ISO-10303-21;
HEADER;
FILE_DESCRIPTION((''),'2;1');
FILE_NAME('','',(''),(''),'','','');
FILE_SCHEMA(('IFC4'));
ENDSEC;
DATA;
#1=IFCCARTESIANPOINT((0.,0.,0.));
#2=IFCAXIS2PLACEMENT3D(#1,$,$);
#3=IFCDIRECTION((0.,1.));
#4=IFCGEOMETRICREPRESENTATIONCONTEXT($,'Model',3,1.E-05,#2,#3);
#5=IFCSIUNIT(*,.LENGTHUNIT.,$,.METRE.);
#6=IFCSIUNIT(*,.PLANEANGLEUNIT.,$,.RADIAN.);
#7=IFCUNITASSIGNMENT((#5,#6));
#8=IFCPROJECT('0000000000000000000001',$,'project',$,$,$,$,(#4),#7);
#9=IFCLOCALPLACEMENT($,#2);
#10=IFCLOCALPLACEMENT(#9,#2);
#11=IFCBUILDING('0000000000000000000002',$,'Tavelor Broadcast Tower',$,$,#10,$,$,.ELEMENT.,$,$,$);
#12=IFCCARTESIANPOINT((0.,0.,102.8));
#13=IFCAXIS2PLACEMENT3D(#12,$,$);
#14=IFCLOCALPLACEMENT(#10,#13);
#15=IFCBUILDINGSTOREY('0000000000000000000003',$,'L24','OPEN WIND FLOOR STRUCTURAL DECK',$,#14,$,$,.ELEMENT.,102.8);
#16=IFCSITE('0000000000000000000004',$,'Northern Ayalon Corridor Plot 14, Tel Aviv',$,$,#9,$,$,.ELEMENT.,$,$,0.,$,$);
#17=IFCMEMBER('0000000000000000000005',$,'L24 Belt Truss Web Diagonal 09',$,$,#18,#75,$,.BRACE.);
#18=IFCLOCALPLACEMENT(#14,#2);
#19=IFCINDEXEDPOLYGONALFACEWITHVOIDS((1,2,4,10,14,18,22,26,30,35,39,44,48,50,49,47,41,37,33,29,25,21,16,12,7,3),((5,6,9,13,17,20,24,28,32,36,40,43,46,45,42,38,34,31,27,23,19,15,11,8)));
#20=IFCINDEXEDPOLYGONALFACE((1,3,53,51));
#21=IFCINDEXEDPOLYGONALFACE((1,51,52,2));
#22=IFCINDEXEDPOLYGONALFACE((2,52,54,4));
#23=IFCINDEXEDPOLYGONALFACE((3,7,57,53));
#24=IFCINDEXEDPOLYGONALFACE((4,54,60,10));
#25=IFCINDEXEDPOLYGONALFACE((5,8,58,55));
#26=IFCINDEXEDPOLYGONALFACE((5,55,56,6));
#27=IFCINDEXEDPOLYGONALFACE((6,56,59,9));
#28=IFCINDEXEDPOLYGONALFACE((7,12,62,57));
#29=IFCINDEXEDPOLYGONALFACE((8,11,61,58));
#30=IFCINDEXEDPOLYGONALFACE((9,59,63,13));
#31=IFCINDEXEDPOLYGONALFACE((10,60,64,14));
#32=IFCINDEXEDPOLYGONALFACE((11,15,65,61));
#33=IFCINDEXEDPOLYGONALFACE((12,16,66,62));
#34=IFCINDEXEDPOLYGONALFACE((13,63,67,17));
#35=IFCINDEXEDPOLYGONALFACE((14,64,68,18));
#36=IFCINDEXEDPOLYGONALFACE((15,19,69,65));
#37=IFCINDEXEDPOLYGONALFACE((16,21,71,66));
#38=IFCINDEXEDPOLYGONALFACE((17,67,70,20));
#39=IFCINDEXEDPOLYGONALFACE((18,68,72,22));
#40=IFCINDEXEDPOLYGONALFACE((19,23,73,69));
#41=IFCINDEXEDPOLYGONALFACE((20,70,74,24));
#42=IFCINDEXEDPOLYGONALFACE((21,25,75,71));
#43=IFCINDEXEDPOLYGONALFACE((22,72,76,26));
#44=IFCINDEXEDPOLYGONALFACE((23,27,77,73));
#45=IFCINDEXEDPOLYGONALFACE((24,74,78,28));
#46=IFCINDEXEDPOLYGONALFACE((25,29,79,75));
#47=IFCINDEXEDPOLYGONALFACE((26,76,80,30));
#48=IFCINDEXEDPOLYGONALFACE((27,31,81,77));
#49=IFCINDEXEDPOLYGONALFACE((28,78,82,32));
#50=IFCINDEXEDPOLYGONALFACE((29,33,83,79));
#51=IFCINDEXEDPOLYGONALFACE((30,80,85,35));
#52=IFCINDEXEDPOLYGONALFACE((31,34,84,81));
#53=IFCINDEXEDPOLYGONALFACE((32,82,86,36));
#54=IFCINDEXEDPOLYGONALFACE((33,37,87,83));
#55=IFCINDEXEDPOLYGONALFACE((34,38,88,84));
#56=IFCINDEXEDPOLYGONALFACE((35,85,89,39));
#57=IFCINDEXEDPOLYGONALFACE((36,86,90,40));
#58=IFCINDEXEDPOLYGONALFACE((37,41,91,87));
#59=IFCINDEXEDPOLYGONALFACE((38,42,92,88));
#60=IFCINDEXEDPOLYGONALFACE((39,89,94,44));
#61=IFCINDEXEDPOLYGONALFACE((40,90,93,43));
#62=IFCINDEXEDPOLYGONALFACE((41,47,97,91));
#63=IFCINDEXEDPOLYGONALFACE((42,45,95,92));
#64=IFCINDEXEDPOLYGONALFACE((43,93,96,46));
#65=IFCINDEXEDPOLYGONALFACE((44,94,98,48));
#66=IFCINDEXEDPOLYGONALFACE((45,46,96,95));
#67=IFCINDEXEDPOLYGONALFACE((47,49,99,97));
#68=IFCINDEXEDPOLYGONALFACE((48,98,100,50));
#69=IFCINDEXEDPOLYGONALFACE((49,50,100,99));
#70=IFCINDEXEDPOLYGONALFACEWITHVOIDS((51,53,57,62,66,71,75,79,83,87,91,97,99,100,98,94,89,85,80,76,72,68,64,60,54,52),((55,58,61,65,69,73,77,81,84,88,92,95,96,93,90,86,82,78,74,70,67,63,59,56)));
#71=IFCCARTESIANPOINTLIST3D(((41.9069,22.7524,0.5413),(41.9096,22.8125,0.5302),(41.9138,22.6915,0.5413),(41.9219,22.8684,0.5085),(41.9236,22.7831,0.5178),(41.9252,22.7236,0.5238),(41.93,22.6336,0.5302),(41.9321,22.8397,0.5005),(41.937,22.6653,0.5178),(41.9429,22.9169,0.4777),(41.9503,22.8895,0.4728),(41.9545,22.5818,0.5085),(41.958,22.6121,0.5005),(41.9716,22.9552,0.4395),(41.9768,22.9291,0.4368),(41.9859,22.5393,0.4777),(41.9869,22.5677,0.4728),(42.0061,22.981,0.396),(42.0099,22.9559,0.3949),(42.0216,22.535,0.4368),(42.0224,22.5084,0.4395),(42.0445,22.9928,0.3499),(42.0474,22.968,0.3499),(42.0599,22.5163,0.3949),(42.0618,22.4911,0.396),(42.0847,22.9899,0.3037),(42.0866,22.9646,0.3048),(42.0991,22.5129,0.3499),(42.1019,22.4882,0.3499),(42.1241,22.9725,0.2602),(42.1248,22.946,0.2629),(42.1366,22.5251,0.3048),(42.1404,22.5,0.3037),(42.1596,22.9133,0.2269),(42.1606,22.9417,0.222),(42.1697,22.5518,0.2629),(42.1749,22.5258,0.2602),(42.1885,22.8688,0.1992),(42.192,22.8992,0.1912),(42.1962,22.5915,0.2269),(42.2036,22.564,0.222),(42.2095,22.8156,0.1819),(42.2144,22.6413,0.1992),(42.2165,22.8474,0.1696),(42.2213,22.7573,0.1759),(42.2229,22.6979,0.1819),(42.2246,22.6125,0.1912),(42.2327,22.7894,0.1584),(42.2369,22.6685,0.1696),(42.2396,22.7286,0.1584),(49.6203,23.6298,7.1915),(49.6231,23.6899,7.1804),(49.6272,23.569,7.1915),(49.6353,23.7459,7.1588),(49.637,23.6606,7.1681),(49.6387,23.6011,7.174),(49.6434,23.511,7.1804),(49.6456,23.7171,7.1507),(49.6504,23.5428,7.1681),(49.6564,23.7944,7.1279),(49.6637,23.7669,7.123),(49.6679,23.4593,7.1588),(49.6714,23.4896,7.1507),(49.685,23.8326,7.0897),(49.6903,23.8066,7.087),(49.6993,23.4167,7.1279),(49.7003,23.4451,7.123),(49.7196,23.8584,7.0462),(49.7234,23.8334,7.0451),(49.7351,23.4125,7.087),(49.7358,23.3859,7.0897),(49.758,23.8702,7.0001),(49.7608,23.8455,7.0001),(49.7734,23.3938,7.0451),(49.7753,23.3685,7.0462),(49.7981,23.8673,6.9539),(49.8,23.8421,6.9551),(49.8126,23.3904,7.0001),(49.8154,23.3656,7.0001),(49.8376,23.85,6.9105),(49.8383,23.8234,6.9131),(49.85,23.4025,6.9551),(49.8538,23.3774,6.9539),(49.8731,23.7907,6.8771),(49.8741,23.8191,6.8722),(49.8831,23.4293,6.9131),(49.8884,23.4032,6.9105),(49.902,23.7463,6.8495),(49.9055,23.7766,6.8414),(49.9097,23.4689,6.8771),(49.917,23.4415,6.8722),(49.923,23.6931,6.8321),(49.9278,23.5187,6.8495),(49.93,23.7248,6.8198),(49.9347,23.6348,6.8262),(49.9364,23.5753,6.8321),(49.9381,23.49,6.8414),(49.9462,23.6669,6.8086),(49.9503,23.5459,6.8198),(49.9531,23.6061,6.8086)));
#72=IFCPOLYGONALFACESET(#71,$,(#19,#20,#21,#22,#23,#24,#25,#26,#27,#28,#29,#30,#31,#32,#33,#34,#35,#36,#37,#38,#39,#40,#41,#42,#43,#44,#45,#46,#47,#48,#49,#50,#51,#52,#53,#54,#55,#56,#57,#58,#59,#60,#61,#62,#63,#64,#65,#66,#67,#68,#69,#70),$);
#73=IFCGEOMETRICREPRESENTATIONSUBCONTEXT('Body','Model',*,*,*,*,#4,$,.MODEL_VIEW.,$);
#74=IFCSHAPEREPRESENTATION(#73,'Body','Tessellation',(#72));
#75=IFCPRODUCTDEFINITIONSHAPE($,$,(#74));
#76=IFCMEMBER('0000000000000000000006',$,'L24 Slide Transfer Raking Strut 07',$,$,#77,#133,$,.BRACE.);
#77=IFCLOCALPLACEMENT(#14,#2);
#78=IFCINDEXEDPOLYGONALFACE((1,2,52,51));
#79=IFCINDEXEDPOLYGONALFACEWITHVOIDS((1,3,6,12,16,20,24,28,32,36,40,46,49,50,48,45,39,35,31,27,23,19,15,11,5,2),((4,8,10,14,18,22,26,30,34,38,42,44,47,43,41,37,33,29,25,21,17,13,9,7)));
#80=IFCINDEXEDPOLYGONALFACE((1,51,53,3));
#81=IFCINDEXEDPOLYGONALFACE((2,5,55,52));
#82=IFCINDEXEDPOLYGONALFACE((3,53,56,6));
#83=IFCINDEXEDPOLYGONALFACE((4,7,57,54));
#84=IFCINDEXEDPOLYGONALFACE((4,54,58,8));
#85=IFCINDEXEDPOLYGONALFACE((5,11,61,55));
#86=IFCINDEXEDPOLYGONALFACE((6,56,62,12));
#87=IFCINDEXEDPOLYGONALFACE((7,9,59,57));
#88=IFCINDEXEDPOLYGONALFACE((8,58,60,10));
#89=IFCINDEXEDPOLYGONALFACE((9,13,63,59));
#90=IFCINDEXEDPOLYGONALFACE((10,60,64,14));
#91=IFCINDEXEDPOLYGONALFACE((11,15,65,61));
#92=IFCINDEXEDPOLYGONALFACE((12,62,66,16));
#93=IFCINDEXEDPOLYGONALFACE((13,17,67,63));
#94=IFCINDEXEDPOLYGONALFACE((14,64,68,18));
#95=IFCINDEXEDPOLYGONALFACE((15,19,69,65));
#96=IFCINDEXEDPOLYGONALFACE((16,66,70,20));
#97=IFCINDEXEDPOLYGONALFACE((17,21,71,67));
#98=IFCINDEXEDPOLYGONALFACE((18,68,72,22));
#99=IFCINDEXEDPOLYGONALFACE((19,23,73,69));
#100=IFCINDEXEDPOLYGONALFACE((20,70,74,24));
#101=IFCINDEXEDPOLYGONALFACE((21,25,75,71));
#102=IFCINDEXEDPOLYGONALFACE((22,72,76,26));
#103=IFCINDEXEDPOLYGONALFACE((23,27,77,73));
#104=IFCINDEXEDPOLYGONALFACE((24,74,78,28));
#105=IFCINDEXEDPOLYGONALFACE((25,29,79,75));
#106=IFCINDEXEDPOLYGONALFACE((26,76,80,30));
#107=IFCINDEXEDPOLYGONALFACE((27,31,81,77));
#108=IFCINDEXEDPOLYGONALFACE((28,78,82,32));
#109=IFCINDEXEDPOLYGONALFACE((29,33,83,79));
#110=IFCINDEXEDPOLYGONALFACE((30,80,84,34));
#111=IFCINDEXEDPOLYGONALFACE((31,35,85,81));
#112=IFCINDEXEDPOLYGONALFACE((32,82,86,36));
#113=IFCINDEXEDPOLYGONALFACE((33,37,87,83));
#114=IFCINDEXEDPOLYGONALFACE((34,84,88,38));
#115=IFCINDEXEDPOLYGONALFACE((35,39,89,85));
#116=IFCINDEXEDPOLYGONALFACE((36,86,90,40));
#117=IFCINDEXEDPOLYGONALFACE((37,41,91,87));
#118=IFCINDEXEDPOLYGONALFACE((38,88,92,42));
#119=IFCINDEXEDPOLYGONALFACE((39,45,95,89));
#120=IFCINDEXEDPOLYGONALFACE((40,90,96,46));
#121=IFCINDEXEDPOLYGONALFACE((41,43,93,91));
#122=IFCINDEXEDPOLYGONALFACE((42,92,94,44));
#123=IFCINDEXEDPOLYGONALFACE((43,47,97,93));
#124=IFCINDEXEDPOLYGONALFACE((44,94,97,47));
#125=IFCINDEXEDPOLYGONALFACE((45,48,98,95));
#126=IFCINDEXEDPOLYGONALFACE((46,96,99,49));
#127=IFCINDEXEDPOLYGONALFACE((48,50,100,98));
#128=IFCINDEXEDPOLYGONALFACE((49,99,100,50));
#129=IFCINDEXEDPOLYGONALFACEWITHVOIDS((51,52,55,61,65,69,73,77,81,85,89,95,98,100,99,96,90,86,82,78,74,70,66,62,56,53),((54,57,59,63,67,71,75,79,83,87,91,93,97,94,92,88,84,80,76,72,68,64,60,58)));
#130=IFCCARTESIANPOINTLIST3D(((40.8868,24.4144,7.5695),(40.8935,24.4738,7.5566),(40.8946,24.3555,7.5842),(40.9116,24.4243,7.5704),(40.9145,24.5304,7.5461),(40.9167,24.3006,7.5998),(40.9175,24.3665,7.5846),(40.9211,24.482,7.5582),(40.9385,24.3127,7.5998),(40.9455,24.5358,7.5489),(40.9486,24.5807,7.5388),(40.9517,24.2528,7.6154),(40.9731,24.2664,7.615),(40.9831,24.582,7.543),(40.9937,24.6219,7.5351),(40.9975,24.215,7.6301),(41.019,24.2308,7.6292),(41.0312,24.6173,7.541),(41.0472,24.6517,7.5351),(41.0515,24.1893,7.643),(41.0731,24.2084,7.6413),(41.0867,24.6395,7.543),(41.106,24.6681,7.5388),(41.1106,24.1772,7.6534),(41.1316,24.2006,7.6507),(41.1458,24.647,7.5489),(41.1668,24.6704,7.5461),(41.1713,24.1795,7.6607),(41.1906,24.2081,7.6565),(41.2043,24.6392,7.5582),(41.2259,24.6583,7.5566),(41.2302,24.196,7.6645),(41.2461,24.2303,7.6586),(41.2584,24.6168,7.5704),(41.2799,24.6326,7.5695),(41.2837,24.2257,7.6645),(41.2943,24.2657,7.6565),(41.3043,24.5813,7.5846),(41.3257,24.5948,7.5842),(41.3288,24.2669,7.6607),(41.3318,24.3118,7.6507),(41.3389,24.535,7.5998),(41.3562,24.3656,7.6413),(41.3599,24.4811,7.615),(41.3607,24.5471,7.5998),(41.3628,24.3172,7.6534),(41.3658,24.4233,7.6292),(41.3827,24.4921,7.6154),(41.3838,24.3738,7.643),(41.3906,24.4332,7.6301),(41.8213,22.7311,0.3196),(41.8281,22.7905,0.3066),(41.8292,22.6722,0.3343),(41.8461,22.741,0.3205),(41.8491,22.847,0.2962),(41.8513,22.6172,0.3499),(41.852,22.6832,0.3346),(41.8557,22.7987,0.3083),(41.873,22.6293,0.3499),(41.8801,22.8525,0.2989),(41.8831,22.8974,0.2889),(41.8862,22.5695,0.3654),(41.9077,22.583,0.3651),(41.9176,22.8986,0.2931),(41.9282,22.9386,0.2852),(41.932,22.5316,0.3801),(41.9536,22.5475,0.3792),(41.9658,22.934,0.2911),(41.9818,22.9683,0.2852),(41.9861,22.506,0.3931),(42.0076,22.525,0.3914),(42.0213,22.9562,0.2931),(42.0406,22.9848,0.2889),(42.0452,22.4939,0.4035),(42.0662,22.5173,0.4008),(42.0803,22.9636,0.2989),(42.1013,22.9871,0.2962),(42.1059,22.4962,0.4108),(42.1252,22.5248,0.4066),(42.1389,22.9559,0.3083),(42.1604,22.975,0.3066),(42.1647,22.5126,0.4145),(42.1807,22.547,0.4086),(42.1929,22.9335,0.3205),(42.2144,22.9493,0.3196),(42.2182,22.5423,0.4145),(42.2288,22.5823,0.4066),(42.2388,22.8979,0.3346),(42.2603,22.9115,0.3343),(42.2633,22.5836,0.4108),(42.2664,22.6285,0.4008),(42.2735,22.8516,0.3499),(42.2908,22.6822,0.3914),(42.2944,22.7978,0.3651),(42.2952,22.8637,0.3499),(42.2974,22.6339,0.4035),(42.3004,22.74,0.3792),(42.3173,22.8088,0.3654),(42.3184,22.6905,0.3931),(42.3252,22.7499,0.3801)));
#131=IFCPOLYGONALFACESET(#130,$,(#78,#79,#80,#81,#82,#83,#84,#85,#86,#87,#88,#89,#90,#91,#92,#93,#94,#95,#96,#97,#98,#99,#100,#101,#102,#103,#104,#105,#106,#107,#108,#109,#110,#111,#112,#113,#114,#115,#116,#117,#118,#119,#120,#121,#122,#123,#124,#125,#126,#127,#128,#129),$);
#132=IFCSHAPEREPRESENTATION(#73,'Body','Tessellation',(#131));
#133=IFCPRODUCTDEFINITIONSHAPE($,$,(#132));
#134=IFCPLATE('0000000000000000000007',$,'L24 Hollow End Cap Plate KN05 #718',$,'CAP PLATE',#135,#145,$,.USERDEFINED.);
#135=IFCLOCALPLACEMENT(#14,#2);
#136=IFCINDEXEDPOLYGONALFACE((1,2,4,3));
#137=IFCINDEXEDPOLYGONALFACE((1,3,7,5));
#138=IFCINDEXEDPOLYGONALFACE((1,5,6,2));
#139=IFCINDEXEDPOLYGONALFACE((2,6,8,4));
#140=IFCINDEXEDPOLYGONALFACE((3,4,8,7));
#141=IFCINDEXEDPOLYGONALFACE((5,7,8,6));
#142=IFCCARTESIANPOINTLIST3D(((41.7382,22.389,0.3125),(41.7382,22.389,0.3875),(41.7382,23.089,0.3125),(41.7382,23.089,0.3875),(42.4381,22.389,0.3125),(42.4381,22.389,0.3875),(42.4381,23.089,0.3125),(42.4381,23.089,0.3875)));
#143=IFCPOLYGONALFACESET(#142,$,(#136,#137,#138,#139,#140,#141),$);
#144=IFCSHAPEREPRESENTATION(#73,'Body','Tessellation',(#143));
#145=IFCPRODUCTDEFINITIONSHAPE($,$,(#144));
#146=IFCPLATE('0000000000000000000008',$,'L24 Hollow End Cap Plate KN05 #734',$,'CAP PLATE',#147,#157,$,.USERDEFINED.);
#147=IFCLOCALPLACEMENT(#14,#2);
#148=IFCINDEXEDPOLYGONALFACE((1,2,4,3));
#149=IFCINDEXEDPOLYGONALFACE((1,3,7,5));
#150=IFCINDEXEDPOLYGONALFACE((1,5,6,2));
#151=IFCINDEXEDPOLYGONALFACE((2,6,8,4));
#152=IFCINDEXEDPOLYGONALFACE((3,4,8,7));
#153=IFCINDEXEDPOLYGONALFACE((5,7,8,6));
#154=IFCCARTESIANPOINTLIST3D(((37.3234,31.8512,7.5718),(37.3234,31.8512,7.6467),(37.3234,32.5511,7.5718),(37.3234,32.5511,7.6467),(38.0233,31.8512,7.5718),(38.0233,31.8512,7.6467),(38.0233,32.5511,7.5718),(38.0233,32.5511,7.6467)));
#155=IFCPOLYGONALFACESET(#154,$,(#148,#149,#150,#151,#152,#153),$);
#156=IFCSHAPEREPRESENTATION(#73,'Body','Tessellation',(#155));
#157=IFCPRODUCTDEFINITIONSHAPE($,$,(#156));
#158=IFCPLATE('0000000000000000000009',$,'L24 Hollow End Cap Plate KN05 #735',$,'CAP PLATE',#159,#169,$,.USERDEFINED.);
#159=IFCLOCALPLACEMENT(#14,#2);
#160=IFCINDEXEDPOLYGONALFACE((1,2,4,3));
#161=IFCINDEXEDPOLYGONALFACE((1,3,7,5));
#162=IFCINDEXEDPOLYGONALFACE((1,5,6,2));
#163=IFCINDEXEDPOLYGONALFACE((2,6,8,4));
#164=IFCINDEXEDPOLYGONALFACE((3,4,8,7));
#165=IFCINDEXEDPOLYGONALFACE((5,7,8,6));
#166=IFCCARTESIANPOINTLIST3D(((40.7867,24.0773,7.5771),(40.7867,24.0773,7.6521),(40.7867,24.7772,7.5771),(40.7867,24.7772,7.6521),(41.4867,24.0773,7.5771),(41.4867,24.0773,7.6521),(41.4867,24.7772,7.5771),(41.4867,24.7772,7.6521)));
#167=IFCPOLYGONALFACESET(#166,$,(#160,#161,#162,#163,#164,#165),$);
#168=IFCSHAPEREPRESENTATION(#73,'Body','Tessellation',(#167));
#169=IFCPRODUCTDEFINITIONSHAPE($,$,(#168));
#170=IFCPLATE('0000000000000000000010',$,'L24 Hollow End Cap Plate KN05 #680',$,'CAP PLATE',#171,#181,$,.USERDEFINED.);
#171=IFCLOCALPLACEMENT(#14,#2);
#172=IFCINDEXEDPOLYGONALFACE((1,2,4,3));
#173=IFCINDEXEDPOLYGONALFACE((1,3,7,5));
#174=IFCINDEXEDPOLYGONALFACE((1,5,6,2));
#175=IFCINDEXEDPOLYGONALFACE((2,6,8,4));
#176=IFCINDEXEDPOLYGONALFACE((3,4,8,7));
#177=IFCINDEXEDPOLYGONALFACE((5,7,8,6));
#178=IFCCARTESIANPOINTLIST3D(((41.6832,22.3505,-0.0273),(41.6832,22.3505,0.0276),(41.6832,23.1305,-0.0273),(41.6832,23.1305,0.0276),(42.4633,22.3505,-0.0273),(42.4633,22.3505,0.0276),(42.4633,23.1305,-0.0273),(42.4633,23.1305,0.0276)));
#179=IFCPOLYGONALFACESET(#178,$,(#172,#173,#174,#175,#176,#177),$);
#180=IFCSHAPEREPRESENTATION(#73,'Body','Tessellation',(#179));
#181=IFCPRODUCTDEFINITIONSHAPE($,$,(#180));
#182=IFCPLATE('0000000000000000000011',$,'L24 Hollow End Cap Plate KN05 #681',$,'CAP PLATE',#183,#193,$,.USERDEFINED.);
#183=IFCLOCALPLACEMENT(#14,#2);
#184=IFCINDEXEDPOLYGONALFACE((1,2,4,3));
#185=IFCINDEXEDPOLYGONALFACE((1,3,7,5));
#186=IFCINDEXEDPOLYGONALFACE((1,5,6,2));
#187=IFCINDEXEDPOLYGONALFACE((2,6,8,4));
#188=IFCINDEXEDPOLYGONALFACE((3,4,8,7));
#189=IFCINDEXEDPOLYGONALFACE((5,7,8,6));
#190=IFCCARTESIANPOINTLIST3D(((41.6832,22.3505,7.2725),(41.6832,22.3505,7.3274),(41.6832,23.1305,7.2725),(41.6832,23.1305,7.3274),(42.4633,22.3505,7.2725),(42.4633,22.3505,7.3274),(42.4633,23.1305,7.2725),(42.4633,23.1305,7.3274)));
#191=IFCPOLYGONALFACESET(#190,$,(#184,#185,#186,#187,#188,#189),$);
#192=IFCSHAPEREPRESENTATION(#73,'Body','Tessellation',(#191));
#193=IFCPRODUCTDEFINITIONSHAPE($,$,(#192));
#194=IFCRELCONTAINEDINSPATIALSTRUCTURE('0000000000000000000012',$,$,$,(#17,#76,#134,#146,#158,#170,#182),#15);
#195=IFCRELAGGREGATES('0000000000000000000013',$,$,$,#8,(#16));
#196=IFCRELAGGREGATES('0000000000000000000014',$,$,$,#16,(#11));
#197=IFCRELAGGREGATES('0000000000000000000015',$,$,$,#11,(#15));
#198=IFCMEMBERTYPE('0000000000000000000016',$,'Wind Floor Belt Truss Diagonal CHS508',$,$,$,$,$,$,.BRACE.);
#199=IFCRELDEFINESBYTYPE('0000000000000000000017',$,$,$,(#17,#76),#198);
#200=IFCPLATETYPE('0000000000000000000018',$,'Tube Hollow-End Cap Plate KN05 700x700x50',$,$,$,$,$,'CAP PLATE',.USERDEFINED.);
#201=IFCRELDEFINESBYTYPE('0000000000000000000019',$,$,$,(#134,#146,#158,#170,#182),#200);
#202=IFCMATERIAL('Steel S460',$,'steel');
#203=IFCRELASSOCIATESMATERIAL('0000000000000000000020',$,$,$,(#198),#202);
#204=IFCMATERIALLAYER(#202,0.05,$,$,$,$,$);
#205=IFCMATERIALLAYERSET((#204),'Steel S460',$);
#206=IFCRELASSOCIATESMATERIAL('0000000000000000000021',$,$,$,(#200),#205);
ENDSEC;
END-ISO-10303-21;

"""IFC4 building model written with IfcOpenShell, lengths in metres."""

from ifc_helpers import new_model, si_unit, direction, frame, origin, origin_2d, place, context, subcontext, project, spatial, rectangle, hollow_circle, extrude, source, transform, mapped, material, layer, layer_set, material_profile, profile_set, type_object, type_shapes, element, save


model = new_model("IFC4")

# Units and contexts
model_context = context("Model", 3, precision=1e-05, world=origin(), true_north=direction((0.0, 1.0)))
body_context = subcontext(model_context, "Body", "Model", "MODEL_VIEW")
ifc_project = project(units=[si_unit("LENGTHUNIT", "METRE"), si_unit("PLANEANGLEUNIT", "RADIAN")], contexts=[model_context])

# Site, building, storey
site_placement = place(None, origin())
site = spatial("IfcSite", under=ifc_project, at=site_placement, Name="Northern Ayalon Corridor Plot 14, Tel Aviv", CompositionType="ELEMENT", RefElevation=0.0)
building_placement = place(site_placement, origin())
building = spatial("IfcBuilding", under=site, at=building_placement, Name="Tavelor Broadcast Tower", CompositionType="ELEMENT")
storey_placement = place(building_placement, frame((0.0, 0.0, 102.8)))
storey = spatial("IfcBuildingStorey", under=building, at=storey_placement, Name="L24", Description="OPEN WIND FLOOR STRUCTURAL DECK", CompositionType="ELEMENT", Elevation=102.8)

# Shared definitions
ifc_material_1 = material(Name="Steel S460", Category="steel")

# Members
ifc_material_profile_1 = material_profile(ifc_material_1, hollow_circle(Radius=0.2539, WallThickness=0.0249, at=origin_2d()), Name="CHS 508x25")
ifc_profile_set_1 = profile_set([ifc_material_profile_1], Name="Steel S460")
member_type_1 = type_object("IfcMemberType", Name="Wind Floor Belt Truss Diagonal CHS508", PredefinedType="BRACE", material=ifc_profile_set_1)
member_1_placement = place(storey_placement, frame((42.0732, 22.7405, 0.3499), z_axis=(0.754581, 0.085838, 0.650568), x_axis=(-0.113027, 0.993592, 0.0)))
element("IfcMember", 1, at=member_1_placement, inside=storey, type_object=member_type_1, Name="L24 Belt Truss Web Diagonal 09", PredefinedType="BRACE", context=body_context, shape_type="SweptSolid", body=[
    extrude(hollow_circle(Radius=0.2539, WallThickness=0.0249, at=origin_2d()), origin(), (0.0, 0.0, 1.0), 10.2222),
])
member_2_placement = place(storey_placement, frame((42.0732, 22.7405, 0.3499), z_axis=(-0.124588, 0.224408, 0.966498), x_axis=(-0.874295, -0.485395, 0.0)))
element("IfcMember", 2, at=member_2_placement, inside=storey, type_object=member_type_1, Name="L24 Slide Transfer Raking Strut 07", PredefinedType="BRACE", context=body_context, shape_type="SweptSolid", body=[
    extrude(hollow_circle(Radius=0.2539, WallThickness=0.0249, at=origin_2d()), origin(), (0.0, 0.0, 1.0), 7.5012),
])

# Plates
ifc_layer_1 = layer(ifc_material_1, 0.05)
ifc_layer_set_1 = layer_set([ifc_layer_1], Name="Steel S460")
plate_type_1 = type_object("IfcPlateType", Name="Tube Hollow-End Cap Plate KN05 700x700x50", ElementType="CAP PLATE", PredefinedType="USERDEFINED", material=ifc_layer_set_1)
shared_shape_1 = source(origin(), body_context, "Body", "SweptSolid", [
    extrude(rectangle(XDim=0.7, YDim=0.7, at=origin_2d()), origin(), (0.0, 0.0, 1.0), 0.075),
])
for number, where, z_axis, x_axis, name in (
    (3, (42.0881, 22.739, 0.3125), (0.0, 0.0, 1.0), (1.0, 0.0, 0.0), "L24 Hollow End Cap Plate KN05 #718"),
    (4, (37.6733, 32.2012, 7.5718), (0.0, 0.0, 1.0), (1.0, 0.0, 0.0), "L24 Hollow End Cap Plate KN05 #734"),
    (5, (41.1367, 24.4272, 7.5771), (0.0, 0.0, 1.0), (1.0, 0.0, 0.0), "L24 Hollow End Cap Plate KN05 #735"),
):
    element("IfcPlate", number, at=place(storey_placement, frame(where, z_axis=z_axis, x_axis=x_axis)), inside=storey, type_object=plate_type_1, Name=name, ObjectType="CAP PLATE", PredefinedType="USERDEFINED", context=body_context, shape_type="MappedRepresentation", body=[
        mapped(shared_shape_1, transform((0.0, 0.0, 0.0), scale=1.0)),
    ])
shared_shape_2 = source(origin(), body_context, "Body", "SweptSolid", [
    extrude(rectangle(XDim=0.78, YDim=0.78, at=origin_2d()), origin(), (0.0, 0.0, 1.0), 0.0549),
])
type_shapes(plate_type_1, [shared_shape_1, shared_shape_2])
for number, where, z_axis, x_axis, name in (
    (6, (42.0732, 22.7405, -0.0273), (0.0, 0.0, 1.0), (1.0, 0.0, 0.0), "L24 Hollow End Cap Plate KN05 #680"),
    (7, (42.0732, 22.7405, 7.2725), (0.0, 0.0, 1.0), (1.0, 0.0, 0.0), "L24 Hollow End Cap Plate KN05 #681"),
):
    element("IfcPlate", number, at=place(storey_placement, frame(where, z_axis=z_axis, x_axis=x_axis)), inside=storey, type_object=plate_type_1, Name=name, ObjectType="CAP PLATE", PredefinedType="USERDEFINED", context=body_context, shape_type="MappedRepresentation", body=[
        mapped(shared_shape_2, transform((0.0, 0.0, 0.0), scale=1.0)),
    ])

save(model, "model.ifc")
